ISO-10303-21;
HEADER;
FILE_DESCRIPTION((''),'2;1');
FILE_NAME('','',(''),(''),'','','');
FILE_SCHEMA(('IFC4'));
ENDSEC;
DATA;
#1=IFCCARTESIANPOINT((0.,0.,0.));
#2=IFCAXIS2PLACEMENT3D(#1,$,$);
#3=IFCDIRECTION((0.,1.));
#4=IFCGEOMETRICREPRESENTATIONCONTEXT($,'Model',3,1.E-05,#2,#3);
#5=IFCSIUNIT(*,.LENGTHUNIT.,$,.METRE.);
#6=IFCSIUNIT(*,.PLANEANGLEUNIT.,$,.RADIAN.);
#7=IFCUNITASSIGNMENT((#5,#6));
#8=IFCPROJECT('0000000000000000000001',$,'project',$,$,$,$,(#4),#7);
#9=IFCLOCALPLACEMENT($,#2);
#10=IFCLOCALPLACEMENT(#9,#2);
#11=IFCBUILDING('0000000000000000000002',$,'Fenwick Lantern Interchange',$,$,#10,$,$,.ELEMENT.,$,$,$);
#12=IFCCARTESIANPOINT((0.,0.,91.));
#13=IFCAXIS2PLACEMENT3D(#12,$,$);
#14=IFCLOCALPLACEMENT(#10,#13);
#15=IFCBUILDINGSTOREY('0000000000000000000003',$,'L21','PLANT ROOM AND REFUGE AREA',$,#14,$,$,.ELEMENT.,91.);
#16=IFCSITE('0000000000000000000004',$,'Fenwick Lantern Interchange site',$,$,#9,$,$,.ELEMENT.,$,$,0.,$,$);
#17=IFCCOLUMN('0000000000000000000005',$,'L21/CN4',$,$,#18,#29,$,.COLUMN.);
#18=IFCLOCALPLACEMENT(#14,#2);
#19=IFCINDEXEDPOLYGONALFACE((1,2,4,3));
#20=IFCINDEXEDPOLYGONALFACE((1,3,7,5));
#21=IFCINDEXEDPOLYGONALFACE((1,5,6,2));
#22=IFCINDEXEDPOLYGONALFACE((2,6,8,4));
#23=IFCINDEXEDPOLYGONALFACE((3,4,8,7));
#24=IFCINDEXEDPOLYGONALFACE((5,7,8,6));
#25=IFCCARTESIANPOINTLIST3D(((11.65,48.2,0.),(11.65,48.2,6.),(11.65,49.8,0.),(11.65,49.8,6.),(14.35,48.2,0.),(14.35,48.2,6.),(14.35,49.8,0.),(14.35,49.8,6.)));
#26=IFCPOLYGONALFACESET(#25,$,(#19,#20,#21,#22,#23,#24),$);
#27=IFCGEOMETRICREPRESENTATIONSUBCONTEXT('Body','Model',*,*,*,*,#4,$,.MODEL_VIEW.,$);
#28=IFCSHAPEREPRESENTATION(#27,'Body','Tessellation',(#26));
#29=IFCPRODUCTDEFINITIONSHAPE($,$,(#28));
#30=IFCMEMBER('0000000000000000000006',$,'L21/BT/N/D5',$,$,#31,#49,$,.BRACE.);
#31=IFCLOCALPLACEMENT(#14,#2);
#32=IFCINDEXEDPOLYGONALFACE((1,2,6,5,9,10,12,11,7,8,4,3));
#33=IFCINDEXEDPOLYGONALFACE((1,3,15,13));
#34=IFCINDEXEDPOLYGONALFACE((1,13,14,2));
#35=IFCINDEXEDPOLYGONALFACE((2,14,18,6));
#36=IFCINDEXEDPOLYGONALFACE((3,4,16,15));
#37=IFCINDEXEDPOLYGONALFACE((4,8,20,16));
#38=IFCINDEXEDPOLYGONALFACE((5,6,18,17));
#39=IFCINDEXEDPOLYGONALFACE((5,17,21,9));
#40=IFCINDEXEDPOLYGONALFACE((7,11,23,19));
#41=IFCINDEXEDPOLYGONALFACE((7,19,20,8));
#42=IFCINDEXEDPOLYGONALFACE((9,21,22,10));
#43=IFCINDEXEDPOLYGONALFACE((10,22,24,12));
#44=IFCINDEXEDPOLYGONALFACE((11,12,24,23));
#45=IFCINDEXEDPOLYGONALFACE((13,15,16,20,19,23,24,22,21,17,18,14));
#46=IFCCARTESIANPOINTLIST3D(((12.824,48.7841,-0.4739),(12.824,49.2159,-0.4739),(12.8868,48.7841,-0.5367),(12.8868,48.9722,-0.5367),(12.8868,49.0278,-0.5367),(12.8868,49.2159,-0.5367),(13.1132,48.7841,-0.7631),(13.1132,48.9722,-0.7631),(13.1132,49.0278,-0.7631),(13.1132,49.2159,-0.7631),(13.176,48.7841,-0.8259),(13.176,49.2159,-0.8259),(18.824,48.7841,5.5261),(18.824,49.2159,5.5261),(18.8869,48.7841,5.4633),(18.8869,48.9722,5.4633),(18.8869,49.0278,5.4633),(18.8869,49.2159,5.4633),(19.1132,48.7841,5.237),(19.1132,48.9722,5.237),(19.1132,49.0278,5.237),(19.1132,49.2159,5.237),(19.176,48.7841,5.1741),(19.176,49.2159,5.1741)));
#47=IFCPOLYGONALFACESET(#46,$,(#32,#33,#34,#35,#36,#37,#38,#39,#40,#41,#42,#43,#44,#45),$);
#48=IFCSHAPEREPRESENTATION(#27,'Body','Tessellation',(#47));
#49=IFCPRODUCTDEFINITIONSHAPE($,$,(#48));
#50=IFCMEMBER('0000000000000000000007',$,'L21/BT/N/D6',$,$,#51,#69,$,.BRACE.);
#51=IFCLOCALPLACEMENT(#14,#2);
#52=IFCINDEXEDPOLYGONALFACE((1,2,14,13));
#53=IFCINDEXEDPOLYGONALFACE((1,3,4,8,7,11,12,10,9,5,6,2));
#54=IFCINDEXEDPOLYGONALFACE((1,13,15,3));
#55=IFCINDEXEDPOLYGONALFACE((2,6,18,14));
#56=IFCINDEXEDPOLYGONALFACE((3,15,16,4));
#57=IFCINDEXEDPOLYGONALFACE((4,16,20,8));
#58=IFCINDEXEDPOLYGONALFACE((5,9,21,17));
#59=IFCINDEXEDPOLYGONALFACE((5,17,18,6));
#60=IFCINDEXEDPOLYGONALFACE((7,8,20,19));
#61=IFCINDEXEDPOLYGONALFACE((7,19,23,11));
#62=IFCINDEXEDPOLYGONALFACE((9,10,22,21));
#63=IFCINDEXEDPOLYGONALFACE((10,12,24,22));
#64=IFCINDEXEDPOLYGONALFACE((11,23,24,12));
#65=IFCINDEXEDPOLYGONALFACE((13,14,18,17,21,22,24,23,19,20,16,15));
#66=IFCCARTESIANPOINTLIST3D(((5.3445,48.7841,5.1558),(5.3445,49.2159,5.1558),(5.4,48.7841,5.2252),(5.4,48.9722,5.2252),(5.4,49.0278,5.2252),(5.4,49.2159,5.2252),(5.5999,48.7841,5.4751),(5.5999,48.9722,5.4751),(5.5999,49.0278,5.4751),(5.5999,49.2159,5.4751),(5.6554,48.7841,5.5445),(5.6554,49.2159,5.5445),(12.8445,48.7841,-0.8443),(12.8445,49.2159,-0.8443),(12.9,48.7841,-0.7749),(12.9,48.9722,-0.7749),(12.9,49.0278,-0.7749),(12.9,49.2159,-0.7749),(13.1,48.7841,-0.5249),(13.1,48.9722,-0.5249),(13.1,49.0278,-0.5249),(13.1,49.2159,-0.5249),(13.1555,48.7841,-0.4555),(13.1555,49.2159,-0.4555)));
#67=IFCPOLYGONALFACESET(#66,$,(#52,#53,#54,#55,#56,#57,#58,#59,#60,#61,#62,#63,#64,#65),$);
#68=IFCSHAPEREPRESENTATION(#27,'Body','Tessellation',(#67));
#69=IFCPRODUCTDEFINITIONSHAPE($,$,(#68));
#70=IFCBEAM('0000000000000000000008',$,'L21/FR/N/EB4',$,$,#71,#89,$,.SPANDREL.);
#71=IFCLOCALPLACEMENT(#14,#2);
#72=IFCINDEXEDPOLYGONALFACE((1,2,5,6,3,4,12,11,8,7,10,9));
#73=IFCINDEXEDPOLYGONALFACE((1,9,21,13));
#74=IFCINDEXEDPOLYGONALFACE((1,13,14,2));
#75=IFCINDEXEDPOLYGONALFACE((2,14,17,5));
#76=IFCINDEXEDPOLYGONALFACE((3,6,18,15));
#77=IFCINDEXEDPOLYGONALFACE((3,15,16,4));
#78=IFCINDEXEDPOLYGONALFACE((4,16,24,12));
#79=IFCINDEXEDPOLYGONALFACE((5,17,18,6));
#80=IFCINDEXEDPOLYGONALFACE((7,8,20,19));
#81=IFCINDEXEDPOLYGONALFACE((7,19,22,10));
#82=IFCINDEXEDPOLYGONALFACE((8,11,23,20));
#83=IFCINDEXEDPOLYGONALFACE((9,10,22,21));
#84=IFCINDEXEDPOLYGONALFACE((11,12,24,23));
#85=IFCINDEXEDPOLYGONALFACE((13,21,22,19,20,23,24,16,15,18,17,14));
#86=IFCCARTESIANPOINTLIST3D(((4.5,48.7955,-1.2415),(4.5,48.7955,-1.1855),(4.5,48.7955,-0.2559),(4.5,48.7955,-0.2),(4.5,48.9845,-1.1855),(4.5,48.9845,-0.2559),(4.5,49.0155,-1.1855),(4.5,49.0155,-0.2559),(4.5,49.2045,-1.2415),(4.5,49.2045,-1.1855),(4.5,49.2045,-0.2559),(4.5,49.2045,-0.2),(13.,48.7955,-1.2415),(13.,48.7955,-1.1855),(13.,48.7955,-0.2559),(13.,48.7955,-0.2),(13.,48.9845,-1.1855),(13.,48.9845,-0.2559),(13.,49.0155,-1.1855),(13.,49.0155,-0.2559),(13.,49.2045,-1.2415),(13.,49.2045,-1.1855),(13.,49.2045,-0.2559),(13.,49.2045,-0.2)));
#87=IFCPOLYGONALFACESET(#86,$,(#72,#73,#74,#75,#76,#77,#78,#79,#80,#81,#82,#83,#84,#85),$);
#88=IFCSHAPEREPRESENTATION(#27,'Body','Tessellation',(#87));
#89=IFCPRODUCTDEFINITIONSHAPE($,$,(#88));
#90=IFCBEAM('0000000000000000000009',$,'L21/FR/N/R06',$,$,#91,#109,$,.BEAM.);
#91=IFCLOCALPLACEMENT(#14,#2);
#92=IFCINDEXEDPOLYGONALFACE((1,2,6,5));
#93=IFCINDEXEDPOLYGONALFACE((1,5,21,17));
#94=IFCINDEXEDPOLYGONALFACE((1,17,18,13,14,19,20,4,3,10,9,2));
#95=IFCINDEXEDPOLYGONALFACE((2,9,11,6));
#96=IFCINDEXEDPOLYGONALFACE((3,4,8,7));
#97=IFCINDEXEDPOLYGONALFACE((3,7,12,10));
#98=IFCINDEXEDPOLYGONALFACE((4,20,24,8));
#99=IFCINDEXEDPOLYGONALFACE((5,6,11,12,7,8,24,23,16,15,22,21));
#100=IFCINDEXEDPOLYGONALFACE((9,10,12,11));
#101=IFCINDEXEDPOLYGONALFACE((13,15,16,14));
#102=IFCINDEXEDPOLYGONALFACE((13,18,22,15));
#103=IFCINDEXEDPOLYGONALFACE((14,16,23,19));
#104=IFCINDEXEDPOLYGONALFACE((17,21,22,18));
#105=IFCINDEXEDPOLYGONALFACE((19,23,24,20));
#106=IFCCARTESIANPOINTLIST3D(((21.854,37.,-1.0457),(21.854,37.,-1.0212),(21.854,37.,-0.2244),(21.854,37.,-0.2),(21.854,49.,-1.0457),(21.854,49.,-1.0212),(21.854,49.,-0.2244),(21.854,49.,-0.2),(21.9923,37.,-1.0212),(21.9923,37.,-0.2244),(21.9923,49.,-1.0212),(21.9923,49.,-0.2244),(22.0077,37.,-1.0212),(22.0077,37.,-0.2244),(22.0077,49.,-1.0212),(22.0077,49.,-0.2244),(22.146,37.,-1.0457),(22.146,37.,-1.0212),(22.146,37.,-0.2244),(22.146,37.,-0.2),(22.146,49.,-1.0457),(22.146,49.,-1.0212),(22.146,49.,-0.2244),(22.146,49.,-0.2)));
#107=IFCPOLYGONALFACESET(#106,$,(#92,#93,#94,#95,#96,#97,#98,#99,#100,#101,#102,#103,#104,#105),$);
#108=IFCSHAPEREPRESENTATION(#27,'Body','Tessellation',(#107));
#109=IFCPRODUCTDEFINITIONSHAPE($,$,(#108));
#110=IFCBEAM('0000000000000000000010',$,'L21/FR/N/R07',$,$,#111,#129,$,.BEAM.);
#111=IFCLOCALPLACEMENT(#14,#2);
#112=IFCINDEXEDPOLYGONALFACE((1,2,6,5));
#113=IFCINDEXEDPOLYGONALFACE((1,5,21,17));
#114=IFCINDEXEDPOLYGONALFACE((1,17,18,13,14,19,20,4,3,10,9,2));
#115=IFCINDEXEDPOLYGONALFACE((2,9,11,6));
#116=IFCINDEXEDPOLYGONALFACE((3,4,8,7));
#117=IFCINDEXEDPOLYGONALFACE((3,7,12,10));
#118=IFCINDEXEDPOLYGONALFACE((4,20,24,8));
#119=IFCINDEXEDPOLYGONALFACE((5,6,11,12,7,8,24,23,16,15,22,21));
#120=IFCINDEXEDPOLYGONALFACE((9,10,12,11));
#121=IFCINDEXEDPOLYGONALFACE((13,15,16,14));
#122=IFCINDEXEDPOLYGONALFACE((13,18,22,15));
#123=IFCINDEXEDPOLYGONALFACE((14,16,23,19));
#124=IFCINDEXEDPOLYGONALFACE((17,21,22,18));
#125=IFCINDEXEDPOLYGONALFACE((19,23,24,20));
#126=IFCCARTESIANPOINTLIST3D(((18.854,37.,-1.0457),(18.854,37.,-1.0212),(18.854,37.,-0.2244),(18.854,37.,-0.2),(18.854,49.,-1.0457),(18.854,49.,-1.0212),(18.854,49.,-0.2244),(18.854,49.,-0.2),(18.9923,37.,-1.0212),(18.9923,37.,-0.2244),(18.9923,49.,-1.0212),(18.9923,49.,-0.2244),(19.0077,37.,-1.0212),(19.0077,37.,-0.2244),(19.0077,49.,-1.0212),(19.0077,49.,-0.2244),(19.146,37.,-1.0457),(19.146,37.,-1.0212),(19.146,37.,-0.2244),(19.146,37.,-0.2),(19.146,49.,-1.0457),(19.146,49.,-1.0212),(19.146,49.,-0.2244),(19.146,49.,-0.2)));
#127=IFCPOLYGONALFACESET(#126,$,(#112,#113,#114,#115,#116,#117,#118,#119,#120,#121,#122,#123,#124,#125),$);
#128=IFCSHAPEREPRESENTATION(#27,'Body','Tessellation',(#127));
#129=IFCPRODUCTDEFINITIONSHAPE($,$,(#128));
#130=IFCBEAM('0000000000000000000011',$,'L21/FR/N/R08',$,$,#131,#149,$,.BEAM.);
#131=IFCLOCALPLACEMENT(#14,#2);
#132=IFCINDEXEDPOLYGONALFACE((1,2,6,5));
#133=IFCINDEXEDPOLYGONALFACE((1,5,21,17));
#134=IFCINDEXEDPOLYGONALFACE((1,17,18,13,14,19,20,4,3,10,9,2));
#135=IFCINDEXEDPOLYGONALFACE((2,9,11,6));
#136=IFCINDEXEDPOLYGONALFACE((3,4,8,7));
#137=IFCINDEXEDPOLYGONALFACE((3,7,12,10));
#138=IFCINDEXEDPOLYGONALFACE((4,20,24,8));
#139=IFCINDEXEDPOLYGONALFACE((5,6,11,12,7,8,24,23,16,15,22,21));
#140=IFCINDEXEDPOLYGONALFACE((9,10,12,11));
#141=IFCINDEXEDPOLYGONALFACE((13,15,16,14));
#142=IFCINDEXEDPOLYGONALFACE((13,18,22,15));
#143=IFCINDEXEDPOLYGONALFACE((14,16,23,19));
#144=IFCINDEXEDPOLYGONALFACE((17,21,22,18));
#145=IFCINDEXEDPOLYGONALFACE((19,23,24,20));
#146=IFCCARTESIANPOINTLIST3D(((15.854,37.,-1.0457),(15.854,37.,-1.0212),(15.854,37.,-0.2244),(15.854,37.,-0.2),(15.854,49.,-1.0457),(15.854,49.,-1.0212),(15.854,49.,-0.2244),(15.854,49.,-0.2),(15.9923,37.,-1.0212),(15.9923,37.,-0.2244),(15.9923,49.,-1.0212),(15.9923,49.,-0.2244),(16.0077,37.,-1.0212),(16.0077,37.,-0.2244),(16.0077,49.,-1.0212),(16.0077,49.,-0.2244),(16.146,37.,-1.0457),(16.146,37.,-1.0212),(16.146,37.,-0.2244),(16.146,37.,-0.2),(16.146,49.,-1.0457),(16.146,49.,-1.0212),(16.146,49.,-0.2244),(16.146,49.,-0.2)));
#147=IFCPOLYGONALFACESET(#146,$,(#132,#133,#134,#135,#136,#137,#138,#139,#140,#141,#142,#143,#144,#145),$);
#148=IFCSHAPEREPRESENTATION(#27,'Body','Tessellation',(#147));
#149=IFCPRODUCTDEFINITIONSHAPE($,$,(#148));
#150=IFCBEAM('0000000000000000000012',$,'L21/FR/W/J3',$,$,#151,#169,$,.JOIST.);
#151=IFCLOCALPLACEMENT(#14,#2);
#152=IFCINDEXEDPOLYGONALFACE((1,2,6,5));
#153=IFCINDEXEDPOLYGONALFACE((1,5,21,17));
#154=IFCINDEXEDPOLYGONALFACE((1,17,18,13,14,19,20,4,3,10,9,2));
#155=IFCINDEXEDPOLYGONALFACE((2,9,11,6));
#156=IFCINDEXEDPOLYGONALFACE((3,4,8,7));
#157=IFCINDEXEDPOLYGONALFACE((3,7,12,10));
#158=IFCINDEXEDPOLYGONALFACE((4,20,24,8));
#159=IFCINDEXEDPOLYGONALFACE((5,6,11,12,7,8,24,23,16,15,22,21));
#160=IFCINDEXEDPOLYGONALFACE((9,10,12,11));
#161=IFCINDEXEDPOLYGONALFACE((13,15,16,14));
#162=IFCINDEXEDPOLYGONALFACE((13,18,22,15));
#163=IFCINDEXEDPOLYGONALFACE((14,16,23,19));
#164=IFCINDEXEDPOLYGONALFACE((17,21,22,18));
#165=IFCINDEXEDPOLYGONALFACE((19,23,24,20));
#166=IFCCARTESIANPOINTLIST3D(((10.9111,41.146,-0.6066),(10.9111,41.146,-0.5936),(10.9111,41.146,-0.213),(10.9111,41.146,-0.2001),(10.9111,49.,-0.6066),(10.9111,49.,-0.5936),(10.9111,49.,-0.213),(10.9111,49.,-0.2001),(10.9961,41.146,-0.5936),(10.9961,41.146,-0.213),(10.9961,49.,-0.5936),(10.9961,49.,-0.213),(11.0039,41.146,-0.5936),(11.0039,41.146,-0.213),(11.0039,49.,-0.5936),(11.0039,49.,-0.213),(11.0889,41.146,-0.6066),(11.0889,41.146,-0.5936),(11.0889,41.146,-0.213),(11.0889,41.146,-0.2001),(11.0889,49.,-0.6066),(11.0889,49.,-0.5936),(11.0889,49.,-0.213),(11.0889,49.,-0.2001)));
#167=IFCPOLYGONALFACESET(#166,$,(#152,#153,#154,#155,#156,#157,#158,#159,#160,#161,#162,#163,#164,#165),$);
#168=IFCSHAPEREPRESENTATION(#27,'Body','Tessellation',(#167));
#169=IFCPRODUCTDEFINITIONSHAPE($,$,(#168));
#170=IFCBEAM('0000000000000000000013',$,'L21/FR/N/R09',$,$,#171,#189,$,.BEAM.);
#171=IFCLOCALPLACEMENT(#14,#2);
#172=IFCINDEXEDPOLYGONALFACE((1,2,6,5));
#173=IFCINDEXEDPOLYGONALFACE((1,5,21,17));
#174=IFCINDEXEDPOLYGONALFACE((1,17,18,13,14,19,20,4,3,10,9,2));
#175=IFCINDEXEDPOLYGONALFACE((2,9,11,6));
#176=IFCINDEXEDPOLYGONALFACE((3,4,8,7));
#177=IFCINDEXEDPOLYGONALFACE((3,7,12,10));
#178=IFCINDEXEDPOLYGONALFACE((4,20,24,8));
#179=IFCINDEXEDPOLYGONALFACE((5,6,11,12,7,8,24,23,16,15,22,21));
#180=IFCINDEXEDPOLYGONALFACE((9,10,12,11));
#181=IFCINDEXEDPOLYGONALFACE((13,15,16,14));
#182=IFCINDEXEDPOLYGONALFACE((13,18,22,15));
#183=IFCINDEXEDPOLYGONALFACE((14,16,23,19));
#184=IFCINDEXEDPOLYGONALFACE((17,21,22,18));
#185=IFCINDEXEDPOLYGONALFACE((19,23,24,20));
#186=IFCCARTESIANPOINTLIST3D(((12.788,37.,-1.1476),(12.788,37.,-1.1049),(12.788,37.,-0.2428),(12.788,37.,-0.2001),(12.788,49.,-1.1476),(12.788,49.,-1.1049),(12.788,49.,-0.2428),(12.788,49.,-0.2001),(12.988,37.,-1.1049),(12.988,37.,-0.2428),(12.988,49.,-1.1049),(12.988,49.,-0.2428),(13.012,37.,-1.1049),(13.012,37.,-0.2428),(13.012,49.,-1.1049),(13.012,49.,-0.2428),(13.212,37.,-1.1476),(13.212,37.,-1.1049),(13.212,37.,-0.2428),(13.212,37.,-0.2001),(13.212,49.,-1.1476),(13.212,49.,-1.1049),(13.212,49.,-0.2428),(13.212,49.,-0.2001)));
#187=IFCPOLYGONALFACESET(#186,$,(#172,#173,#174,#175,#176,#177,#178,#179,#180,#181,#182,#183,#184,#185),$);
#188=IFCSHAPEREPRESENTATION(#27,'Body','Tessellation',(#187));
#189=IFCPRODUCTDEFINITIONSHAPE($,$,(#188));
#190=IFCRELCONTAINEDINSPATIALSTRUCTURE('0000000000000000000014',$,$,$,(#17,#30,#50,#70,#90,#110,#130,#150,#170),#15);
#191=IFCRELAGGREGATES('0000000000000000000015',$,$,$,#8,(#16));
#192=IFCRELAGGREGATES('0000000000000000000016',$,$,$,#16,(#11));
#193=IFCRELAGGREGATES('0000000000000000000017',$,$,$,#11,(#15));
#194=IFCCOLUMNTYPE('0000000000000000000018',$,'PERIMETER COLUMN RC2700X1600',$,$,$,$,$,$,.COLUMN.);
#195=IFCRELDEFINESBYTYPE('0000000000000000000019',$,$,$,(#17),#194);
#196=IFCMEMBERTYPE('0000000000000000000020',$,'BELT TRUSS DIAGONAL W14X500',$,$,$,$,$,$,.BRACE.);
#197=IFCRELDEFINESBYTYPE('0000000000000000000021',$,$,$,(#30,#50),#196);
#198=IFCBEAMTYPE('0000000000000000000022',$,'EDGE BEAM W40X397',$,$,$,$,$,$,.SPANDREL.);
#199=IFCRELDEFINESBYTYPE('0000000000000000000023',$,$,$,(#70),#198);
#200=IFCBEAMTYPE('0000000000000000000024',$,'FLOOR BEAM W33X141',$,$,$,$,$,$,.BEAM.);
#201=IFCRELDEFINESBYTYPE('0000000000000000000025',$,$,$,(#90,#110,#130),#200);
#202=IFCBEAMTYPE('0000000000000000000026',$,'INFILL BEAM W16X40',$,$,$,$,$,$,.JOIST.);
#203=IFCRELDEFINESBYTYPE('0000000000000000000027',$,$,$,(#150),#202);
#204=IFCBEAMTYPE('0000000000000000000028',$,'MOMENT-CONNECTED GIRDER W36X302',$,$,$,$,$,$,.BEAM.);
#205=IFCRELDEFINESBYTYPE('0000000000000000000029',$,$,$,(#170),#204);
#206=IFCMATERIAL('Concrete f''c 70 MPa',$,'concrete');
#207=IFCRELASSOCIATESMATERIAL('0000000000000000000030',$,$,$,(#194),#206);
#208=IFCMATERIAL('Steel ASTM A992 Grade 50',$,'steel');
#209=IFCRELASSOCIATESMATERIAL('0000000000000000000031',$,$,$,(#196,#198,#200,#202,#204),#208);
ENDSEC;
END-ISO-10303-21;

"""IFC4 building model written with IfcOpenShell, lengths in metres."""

from ifc_helpers import new_model, si_unit, direction, frame, origin, origin_2d, place, context, subcontext, project, spatial, rectangle, i_section, extrude, material, material_profile, profile_set, type_object, element, save


model = new_model("IFC4")

# Units and contexts
model_context = context("Model", 3, precision=1e-05, world=origin(), true_north=direction((0.0, 1.0)))
body_context = subcontext(model_context, "Body", "Model", "MODEL_VIEW")
ifc_project = project(units=[si_unit("LENGTHUNIT", "METRE"), si_unit("PLANEANGLEUNIT", "RADIAN")], contexts=[model_context])

# Site, building, storey
site_placement = place(None, origin())
site = spatial("IfcSite", under=ifc_project, at=site_placement, Name="Fenwick Lantern Interchange site", CompositionType="ELEMENT", RefElevation=0.0)
building_placement = place(site_placement, origin())
building = spatial("IfcBuilding", under=site, at=building_placement, Name="Fenwick Lantern Interchange", CompositionType="ELEMENT")
storey_placement = place(building_placement, frame((0.0, 0.0, 91.0)))
storey = spatial("IfcBuildingStorey", under=building, at=storey_placement, Name="L21", Description="PLANT ROOM AND REFUGE AREA", CompositionType="ELEMENT", Elevation=91.0)

# Column
ifc_material_1 = material(Name="Concrete f'c 70 MPa", Category="concrete")
ifc_material_profile_1 = material_profile(ifc_material_1, rectangle(XDim=2.7, YDim=1.6001, at=origin_2d()), Name="RC2700X1600")
ifc_profile_set_1 = profile_set([ifc_material_profile_1], Name="Concrete f'c 70 MPa")
column_type = type_object("IfcColumnType", Name="PERIMETER COLUMN RC2700X1600", PredefinedType="COLUMN", material=ifc_profile_set_1)
column_placement = place(storey_placement, frame((13.0, 49.0, 0.0), z_axis=(0.0, 0.0, 1.0), x_axis=(1.0, 0.0, 0.0)))
element("IfcColumn", 1, at=column_placement, inside=storey, type_object=column_type, Name="L21/CN4", PredefinedType="COLUMN", context=body_context, shape_type="SweptSolid", body=[
    extrude(rectangle(XDim=2.7, YDim=1.6001, at=origin_2d()), origin(), (0.0, 0.0, 1.0), 6.0),
])

# Members
ifc_material_2 = material(Name="Steel ASTM A992 Grade 50", Category="steel")
ifc_material_profile_2 = material_profile(ifc_material_2, i_section(OverallWidth=0.4319, OverallDepth=0.4978, WebThickness=0.0557, FlangeThickness=0.0889, at=origin_2d()), Name="W14X500")
ifc_profile_set_2 = profile_set([ifc_material_profile_2], Name="Steel ASTM A992 Grade 50")
member_type_1 = type_object("IfcMemberType", Name="BELT TRUSS DIAGONAL W14X500", PredefinedType="BRACE", material=ifc_profile_set_2)
member_1_placement = place(storey_placement, frame((13.0, 49.0, -0.6499), z_axis=(0.707107, 0.0, 0.707107), x_axis=(0.0, 1.0, 0.0)))
element("IfcMember", 2, at=member_1_placement, inside=storey, type_object=member_type_1, Name="L21/BT/N/D5", PredefinedType="BRACE", context=body_context, shape_type="SweptSolid", body=[
    extrude(i_section(OverallWidth=0.4319, OverallDepth=0.4978, WebThickness=0.0557, FlangeThickness=0.0889, at=origin_2d()), origin(), (0.0, 0.0, 1.0), 8.4854),
])
member_2_placement = place(storey_placement, frame((13.0, 49.0, -0.6499), z_axis=(-0.780869, 0.0, 0.624695), x_axis=(0.0, -1.0, 0.0)))
element("IfcMember", 3, at=member_2_placement, inside=storey, type_object=member_type_1, Name="L21/BT/N/D6", PredefinedType="BRACE", context=body_context, shape_type="SweptSolid", body=[
    extrude(i_section(OverallWidth=0.4319, OverallDepth=0.4978, WebThickness=0.0557, FlangeThickness=0.0889, at=origin_2d()), origin(), (0.0, 0.0, 1.0), 9.6047),
])

# Beams
ifc_material_profile_3 = material_profile(ifc_material_2, i_section(OverallWidth=0.4089, OverallDepth=1.0415, WebThickness=0.031, FlangeThickness=0.0559, at=origin_2d()), Name="W40X397")
ifc_profile_set_3 = profile_set([ifc_material_profile_3], Name="Steel ASTM A992 Grade 50")
beam_type_1 = type_object("IfcBeamType", Name="EDGE BEAM W40X397", PredefinedType="SPANDREL", material=ifc_profile_set_3)
beam_1_placement = place(storey_placement, frame((13.0, 49.0, -0.7207), z_axis=(-1.0, 0.0, 0.0), x_axis=(0.0, -1.0, 0.0)))
element("IfcBeam", 4, at=beam_1_placement, inside=storey, type_object=beam_type_1, Name="L21/FR/N/EB4", PredefinedType="SPANDREL", context=body_context, shape_type="SweptSolid", body=[
    extrude(i_section(OverallWidth=0.4089, OverallDepth=1.0415, WebThickness=0.031, FlangeThickness=0.0559, at=origin_2d()), origin(), (0.0, 0.0, 1.0), 8.5),
])
ifc_material_profile_4 = material_profile(ifc_material_2, i_section(OverallWidth=0.292, OverallDepth=0.8457, WebThickness=0.0154, FlangeThickness=0.0244, at=origin_2d()), Name="W33X141")
ifc_profile_set_4 = profile_set([ifc_material_profile_4], Name="Steel ASTM A992 Grade 50")
beam_type_2 = type_object("IfcBeamType", Name="FLOOR BEAM W33X141", PredefinedType="BEAM", material=ifc_profile_set_4)
for number, where, z_axis, x_axis, name in (
    (5, (22.0, 49.0, -0.6228), (0.0, -1.0, 0.0), (1.0, 0.0, 0.0), "L21/FR/N/R06"),
    (6, (19.0, 49.0, -0.6228), (0.0, -1.0, 0.0), (1.0, 0.0, 0.0), "L21/FR/N/R07"),
    (7, (16.0, 49.0, -0.6228), (0.0, -1.0, 0.0), (1.0, 0.0, 0.0), "L21/FR/N/R08"),
):
    element("IfcBeam", number, at=place(storey_placement, frame(where, z_axis=z_axis, x_axis=x_axis)), inside=storey, type_object=beam_type_2, Name=name, PredefinedType="BEAM", context=body_context, shape_type="SweptSolid", body=[
        extrude(i_section(OverallWidth=0.292, OverallDepth=0.8457, WebThickness=0.0154, FlangeThickness=0.0244, at=origin_2d()), origin(), (0.0, 0.0, 1.0), 12.0),
    ])
ifc_material_profile_5 = material_profile(ifc_material_2, i_section(OverallWidth=0.1777, OverallDepth=0.4065, WebThickness=0.0078, FlangeThickness=0.0129, at=origin_2d()), Name="W16X40")
ifc_profile_set_5 = profile_set([ifc_material_profile_5], Name="Steel ASTM A992 Grade 50")
beam_type_3 = type_object("IfcBeamType", Name="INFILL BEAM W16X40", PredefinedType="JOIST", material=ifc_profile_set_5)
beam_2_placement = place(storey_placement, frame((11.0, 49.0, -0.4033), z_axis=(0.0, -1.0, 0.0), x_axis=(1.0, 0.0, 0.0)))
element("IfcBeam", 8, at=beam_2_placement, inside=storey, type_object=beam_type_3, Name="L21/FR/W/J3", PredefinedType="JOIST", context=body_context, shape_type="SweptSolid", body=[
    extrude(i_section(OverallWidth=0.1777, OverallDepth=0.4065, WebThickness=0.0078, FlangeThickness=0.0129, at=origin_2d()), origin(), (0.0, 0.0, 1.0), 7.854),
])
ifc_material_profile_6 = material_profile(ifc_material_2, i_section(OverallWidth=0.4241, OverallDepth=0.9475, WebThickness=0.0239, FlangeThickness=0.0427, at=origin_2d()), Name="W36X302")
ifc_profile_set_6 = profile_set([ifc_material_profile_6], Name="Steel ASTM A992 Grade 50")
beam_type_4 = type_object("IfcBeamType", Name="MOMENT-CONNECTED GIRDER W36X302", PredefinedType="BEAM", material=ifc_profile_set_6)
beam_3_placement = place(storey_placement, frame((13.0, 49.0, -0.6738), z_axis=(0.0, -1.0, 0.0), x_axis=(1.0, 0.0, 0.0)))
element("IfcBeam", 9, at=beam_3_placement, inside=storey, type_object=beam_type_4, Name="L21/FR/N/R09", PredefinedType="BEAM", context=body_context, shape_type="SweptSolid", body=[
    extrude(i_section(OverallWidth=0.4241, OverallDepth=0.9475, WebThickness=0.0239, FlangeThickness=0.0427, at=origin_2d()), origin(), (0.0, 0.0, 1.0), 12.0),
])

save(model, "model.ifc")
